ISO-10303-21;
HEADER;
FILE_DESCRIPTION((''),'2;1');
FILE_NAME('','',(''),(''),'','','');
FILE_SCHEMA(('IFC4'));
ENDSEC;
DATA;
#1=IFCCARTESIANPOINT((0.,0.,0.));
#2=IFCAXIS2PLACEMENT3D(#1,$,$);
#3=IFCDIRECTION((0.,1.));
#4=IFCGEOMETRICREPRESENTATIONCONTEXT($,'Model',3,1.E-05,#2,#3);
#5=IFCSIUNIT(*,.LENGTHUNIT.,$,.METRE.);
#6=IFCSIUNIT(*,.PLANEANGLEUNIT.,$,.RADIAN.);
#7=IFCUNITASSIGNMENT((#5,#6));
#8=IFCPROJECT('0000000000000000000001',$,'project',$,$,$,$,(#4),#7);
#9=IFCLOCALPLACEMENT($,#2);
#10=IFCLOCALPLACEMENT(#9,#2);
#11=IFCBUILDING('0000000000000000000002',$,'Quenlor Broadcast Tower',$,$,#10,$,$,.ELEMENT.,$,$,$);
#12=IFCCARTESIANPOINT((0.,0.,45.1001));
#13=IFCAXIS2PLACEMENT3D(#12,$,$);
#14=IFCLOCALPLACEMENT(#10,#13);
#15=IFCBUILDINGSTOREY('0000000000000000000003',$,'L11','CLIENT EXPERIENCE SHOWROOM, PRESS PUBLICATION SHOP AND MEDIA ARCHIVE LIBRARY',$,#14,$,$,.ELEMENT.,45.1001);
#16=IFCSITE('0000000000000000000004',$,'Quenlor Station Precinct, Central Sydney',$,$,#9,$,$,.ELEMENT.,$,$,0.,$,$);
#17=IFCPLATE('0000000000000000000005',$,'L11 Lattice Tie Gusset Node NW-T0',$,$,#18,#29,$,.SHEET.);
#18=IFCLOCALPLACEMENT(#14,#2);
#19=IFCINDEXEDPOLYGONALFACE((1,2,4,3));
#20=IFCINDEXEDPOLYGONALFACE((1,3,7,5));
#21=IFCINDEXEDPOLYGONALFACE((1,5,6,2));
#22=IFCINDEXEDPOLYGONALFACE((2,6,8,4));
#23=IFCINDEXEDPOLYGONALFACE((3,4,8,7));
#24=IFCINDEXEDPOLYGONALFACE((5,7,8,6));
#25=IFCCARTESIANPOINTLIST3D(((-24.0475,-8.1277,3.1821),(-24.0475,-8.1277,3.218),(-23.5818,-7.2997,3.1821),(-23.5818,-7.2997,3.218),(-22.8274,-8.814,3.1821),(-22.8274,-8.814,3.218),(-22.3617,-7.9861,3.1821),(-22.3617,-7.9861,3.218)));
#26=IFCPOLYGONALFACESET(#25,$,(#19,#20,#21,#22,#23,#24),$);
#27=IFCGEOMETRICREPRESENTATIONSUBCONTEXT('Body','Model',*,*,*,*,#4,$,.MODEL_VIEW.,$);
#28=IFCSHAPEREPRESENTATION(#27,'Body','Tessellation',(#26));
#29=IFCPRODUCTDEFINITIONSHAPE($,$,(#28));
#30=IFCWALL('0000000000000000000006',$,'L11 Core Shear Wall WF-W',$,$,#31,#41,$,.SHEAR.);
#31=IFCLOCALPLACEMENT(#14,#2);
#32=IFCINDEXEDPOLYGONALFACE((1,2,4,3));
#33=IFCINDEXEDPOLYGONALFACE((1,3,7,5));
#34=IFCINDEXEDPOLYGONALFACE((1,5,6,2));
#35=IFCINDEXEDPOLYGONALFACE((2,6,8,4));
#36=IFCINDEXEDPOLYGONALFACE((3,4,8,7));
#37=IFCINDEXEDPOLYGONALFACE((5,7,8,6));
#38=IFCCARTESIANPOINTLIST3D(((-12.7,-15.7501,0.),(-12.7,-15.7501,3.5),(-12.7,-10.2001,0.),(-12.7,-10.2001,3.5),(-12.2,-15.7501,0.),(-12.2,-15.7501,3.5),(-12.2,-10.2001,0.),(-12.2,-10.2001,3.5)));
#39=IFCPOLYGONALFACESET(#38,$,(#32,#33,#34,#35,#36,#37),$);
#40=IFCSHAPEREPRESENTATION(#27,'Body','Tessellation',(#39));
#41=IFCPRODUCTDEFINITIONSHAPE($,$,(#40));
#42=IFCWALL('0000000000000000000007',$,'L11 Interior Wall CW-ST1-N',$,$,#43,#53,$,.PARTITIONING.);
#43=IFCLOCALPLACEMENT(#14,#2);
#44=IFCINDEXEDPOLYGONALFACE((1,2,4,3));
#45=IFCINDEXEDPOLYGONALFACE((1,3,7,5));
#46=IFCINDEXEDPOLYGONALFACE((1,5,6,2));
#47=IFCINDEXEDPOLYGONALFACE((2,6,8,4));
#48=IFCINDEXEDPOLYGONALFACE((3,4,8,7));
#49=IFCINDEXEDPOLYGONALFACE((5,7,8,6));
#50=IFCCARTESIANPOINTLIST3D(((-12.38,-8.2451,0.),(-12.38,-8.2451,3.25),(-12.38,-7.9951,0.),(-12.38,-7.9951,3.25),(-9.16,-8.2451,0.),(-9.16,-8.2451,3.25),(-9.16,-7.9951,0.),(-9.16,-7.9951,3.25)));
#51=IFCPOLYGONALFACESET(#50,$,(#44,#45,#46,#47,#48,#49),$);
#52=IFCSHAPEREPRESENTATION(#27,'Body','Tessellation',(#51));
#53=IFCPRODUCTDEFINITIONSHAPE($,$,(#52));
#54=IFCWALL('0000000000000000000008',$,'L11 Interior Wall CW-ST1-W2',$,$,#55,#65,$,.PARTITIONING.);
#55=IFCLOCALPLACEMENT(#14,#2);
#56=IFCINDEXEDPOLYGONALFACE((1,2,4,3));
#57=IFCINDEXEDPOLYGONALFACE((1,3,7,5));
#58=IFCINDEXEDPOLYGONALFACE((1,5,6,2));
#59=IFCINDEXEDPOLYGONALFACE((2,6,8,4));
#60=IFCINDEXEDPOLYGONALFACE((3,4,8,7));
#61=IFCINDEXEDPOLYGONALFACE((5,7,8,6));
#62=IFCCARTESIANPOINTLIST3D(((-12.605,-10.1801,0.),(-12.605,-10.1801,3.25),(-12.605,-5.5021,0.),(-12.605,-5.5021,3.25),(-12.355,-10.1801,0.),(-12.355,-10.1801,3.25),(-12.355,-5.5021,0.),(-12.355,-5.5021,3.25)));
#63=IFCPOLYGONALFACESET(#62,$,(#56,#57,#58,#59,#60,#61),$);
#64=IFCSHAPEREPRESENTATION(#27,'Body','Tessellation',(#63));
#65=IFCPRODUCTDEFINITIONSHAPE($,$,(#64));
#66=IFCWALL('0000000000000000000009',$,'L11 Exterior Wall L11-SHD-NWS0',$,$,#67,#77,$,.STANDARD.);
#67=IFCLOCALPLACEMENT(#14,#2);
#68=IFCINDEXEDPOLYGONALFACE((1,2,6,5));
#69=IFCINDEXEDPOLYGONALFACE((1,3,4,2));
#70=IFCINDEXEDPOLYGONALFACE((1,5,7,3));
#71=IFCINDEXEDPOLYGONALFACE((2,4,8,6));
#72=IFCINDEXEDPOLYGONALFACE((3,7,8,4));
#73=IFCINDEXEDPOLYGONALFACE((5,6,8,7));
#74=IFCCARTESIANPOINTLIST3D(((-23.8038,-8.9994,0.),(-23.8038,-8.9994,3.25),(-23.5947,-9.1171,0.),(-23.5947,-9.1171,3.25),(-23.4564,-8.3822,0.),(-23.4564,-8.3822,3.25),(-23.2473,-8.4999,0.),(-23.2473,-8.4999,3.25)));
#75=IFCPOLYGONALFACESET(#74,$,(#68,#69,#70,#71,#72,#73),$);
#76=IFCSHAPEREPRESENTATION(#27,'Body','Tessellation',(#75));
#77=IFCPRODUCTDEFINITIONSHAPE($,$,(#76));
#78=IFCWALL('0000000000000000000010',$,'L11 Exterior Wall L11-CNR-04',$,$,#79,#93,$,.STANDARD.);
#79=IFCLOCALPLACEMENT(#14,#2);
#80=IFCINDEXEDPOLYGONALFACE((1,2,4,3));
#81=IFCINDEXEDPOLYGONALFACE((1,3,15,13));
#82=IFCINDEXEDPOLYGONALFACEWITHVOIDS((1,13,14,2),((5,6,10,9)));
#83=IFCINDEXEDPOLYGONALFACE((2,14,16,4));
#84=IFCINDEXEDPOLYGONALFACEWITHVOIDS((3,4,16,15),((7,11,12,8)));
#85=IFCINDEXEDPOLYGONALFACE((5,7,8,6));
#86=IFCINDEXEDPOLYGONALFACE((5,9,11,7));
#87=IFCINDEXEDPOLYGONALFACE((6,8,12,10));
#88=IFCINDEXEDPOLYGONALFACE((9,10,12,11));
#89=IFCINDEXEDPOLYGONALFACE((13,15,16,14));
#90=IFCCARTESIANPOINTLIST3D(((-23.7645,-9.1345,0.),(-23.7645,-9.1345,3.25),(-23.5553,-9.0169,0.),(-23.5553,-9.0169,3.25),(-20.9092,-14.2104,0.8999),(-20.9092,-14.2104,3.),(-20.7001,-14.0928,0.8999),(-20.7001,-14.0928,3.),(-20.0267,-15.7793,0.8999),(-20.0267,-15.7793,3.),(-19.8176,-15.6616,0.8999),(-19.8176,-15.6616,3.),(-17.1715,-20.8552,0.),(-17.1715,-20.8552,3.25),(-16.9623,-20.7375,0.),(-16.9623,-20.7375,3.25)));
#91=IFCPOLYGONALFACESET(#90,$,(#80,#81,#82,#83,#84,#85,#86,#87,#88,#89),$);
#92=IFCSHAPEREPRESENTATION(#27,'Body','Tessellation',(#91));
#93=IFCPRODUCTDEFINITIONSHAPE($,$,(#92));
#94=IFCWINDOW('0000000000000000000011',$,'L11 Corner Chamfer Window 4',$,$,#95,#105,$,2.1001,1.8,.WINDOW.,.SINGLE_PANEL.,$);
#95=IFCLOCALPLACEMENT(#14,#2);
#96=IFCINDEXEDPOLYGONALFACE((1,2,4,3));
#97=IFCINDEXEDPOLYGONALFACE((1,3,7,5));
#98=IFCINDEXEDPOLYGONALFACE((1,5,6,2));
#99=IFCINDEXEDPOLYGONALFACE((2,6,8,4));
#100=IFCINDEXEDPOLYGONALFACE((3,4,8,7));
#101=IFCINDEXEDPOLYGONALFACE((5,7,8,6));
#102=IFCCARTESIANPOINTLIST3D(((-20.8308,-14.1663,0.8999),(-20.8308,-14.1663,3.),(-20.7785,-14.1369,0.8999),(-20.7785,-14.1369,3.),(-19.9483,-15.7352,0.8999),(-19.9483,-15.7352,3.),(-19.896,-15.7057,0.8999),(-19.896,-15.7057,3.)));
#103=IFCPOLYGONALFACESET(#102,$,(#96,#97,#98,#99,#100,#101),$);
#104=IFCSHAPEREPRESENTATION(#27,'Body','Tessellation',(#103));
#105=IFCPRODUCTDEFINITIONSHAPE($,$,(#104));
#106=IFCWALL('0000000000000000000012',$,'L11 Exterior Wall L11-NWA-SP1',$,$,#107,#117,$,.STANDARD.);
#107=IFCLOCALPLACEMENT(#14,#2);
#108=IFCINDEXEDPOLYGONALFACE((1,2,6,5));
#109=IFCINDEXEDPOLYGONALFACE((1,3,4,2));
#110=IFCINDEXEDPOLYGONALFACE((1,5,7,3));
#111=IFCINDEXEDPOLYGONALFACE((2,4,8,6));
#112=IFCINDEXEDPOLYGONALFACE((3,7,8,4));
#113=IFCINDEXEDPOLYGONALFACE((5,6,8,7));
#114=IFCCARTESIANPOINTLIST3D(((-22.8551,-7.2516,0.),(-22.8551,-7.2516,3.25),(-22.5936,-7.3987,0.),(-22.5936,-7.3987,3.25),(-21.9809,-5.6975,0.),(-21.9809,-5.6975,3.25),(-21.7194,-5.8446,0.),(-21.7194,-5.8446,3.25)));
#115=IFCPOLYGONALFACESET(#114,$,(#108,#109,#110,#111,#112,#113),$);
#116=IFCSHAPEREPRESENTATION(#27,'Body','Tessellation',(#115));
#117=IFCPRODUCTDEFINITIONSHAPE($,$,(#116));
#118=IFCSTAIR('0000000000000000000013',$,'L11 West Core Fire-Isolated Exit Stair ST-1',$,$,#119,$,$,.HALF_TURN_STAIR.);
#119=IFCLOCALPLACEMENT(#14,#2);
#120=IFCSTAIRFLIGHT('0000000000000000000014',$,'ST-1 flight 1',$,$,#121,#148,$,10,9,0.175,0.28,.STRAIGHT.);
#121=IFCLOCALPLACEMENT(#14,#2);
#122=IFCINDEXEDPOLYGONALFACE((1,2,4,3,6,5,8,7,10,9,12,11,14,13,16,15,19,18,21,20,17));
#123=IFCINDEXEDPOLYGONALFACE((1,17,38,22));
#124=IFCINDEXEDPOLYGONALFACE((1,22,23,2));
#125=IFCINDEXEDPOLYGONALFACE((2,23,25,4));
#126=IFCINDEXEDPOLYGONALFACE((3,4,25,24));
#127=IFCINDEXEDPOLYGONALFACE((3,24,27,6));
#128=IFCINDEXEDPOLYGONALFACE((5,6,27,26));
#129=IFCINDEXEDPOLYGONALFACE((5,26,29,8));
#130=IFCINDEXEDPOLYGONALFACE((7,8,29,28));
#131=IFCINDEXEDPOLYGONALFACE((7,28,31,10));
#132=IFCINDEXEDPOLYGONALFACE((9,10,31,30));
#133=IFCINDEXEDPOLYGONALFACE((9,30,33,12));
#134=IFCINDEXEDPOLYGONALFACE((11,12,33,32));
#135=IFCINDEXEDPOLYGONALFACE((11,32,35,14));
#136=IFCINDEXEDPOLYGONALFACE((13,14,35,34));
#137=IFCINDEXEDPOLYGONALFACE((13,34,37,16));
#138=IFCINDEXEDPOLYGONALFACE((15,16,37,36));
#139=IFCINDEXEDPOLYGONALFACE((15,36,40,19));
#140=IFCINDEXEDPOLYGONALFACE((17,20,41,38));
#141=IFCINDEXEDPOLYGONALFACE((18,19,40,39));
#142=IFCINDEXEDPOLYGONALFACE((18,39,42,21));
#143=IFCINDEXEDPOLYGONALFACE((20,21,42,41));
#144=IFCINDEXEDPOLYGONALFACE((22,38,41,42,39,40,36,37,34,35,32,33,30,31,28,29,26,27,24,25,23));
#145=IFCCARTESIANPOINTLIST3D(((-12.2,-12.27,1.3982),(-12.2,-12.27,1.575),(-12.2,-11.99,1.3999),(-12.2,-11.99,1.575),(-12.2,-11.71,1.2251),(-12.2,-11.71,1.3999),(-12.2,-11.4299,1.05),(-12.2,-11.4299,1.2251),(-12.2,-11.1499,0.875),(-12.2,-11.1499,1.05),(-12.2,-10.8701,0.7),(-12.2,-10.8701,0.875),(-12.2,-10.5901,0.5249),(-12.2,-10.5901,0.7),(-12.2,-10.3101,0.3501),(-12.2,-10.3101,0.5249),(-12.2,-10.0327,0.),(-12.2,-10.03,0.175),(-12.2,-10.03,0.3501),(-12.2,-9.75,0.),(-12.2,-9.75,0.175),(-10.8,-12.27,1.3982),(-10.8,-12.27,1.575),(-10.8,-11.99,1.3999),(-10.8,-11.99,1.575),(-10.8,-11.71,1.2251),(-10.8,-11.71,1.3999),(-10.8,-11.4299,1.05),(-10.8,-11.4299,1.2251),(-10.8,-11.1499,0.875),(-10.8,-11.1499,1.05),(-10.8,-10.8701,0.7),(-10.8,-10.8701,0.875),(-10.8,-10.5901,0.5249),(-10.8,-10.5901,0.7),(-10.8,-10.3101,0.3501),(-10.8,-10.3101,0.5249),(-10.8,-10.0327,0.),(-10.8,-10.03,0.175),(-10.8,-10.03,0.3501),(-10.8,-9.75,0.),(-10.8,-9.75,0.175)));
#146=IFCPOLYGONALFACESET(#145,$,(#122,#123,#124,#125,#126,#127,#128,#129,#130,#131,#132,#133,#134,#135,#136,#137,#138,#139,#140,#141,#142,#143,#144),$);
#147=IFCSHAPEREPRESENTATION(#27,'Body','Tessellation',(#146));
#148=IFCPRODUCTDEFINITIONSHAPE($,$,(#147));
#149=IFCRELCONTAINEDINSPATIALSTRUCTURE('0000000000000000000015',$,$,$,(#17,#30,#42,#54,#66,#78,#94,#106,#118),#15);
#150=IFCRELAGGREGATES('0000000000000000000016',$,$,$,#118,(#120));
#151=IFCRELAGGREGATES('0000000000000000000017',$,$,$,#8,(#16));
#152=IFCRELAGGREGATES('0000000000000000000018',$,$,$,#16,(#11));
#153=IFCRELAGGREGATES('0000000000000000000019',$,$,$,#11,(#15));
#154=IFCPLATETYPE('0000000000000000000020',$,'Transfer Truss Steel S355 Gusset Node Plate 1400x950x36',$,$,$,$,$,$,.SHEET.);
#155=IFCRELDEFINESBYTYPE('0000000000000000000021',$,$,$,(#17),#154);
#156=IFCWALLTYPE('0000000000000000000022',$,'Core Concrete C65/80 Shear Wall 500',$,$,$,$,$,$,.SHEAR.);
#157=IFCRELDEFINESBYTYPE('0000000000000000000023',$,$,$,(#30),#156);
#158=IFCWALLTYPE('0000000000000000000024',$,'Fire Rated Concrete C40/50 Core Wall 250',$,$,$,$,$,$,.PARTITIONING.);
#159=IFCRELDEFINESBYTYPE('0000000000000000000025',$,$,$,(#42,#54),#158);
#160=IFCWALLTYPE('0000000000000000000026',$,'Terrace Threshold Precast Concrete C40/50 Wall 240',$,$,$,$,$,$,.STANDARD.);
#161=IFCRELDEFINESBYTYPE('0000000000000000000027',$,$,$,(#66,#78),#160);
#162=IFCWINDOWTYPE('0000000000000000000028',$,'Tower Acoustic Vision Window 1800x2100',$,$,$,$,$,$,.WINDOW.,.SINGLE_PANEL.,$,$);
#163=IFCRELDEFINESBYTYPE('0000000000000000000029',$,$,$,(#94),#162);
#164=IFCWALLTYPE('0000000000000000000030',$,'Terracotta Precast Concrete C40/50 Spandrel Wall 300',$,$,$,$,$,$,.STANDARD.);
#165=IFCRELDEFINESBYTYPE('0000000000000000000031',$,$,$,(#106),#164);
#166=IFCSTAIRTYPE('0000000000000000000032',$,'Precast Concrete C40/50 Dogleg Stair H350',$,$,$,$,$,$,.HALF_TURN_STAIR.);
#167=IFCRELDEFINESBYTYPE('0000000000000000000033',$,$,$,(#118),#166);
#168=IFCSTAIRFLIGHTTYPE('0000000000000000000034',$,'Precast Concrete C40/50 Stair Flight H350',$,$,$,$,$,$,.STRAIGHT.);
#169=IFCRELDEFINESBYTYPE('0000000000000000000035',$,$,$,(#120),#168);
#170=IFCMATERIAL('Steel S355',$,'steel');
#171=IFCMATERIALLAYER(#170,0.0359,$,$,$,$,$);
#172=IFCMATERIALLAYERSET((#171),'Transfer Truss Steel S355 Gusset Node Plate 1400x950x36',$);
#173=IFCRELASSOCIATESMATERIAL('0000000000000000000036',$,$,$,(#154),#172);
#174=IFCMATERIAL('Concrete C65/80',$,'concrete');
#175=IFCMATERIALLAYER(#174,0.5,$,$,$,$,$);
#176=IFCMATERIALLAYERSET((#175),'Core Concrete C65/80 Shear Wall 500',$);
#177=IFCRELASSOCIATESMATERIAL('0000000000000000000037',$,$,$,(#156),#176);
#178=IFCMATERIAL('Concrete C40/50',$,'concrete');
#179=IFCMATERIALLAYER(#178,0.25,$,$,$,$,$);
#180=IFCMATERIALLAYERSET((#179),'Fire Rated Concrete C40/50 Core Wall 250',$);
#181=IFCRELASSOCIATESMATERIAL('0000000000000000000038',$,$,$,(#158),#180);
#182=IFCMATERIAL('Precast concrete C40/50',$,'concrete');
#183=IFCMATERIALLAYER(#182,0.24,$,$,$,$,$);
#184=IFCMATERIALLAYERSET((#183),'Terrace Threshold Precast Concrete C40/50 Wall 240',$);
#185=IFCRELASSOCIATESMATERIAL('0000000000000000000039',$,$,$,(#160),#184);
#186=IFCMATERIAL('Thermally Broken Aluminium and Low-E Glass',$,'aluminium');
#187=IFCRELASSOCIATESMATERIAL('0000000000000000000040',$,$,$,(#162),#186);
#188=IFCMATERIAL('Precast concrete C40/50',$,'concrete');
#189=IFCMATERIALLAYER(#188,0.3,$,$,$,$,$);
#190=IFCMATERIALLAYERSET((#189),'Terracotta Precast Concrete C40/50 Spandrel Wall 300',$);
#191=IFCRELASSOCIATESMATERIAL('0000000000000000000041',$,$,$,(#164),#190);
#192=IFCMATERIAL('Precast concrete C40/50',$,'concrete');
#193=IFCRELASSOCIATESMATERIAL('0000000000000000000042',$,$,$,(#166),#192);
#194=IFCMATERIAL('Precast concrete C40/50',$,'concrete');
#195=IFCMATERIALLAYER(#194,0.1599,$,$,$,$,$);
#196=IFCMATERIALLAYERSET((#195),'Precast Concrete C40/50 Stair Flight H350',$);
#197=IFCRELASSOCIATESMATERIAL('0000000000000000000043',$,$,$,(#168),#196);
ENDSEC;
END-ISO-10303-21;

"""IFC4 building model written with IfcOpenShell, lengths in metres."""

from ifc_helpers import new_model, si_unit, direction, frame, frame_2d, origin, origin_2d, place, context, subcontext, project, spatial, polyline, rectangle, outline, extrude, material, layer, layer_set, type_object, element, fill, aggregate, save


model = new_model("IFC4")

# Units and contexts
model_context = context("Model", 3, precision=1e-05, world=origin(), true_north=direction((0.0, 1.0)))
body_context = subcontext(model_context, "Body", "Model", "MODEL_VIEW")
ifc_project = project(units=[si_unit("LENGTHUNIT", "METRE"), si_unit("PLANEANGLEUNIT", "RADIAN")], contexts=[model_context])

# Site, building, storey
site_placement = place(None, origin())
site = spatial("IfcSite", under=ifc_project, at=site_placement, Name="Quenlor Station Precinct, Central Sydney", CompositionType="ELEMENT", RefElevation=0.0)
building_placement = place(site_placement, origin())
building = spatial("IfcBuilding", under=site, at=building_placement, Name="Quenlor Broadcast Tower", CompositionType="ELEMENT")
storey_placement = place(building_placement, frame((0.0, 0.0, 45.1001)))
storey = spatial("IfcBuildingStorey", under=building, at=storey_placement, Name="L11", Description="CLIENT EXPERIENCE SHOWROOM, PRESS PUBLICATION SHOP AND MEDIA ARCHIVE LIBRARY", CompositionType="ELEMENT", Elevation=45.1001)

# Plate
ifc_material_1 = material(Name="Steel S355", Category="steel")
ifc_layer_1 = layer(ifc_material_1, 0.0359)
ifc_layer_set_1 = layer_set([ifc_layer_1], Name="Transfer Truss Steel S355 Gusset Node Plate 1400x950x36")
plate_type_1 = type_object("IfcPlateType", Name="Transfer Truss Steel S355 Gusset Node Plate 1400x950x36", PredefinedType="SHEET", material=ifc_layer_set_1)
for number, where, z_axis, x_axis, name in (
    (1, (-23.2046, -8.0569, 3.1821), (0.0, 0.0, 1.0), (-0.871556, 0.490295, 0.0), "L11 Lattice Tie Gusset Node NW-T0"),
):
    element("IfcPlate", number, at=place(storey_placement, frame(where, z_axis=z_axis, x_axis=x_axis)), inside=storey, type_object=plate_type_1, Name=name, PredefinedType="SHEET", context=body_context, shape_type="SweptSolid", body=[
        extrude(rectangle(XDim=1.3999, YDim=0.95, at=origin_2d()), origin(), (0.0, 0.0, 1.0), 0.0359),
    ])

# Walls
ifc_material_2 = material(Name="Concrete C65/80", Category="concrete")
ifc_layer_2 = layer(ifc_material_2, 0.5)
ifc_layer_set_2 = layer_set([ifc_layer_2], Name="Core Concrete C65/80 Shear Wall 500")
wall_type_1 = type_object("IfcWallType", Name="Core Concrete C65/80 Shear Wall 500", PredefinedType="SHEAR", material=ifc_layer_set_2)
wall_1_placement = place(storey_placement, frame((-12.45, -15.75, 0.0), z_axis=(0.0, 0.0, 1.0), x_axis=(0.0, 1.0, 0.0)))
element("IfcWall", 2, at=wall_1_placement, inside=storey, type_object=wall_type_1, Name="L11 Core Shear Wall WF-W", PredefinedType="SHEAR", context=body_context, shape_type="SweptSolid", body=[
    extrude(rectangle(XDim=5.55, YDim=0.5, at=frame_2d((2.7749, 0.0))), origin(), (0.0, 0.0, 1.0), 3.5),
])
ifc_material_3 = material(Name="Concrete C40/50", Category="concrete")
ifc_layer_3 = layer(ifc_material_3, 0.25)
ifc_layer_set_3 = layer_set([ifc_layer_3], Name="Fire Rated Concrete C40/50 Core Wall 250")
wall_type_2 = type_object("IfcWallType", Name="Fire Rated Concrete C40/50 Core Wall 250", PredefinedType="PARTITIONING", material=ifc_layer_set_3)
wall_2_placement = place(storey_placement, frame((-12.3799, -8.1201, 0.0), z_axis=(0.0, 0.0, 1.0), x_axis=(1.0, 0.0, 0.0)))
element("IfcWall", 3, at=wall_2_placement, inside=storey, type_object=wall_type_2, Name="L11 Interior Wall CW-ST1-N", PredefinedType="PARTITIONING", context=body_context, shape_type="SweptSolid", body=[
    extrude(rectangle(XDim=3.22, YDim=0.25, at=frame_2d((1.6099, 0.0))), origin(), (0.0, 0.0, 1.0), 3.25),
])
wall_3_placement = place(storey_placement, frame((-12.48, -10.1799, 0.0), z_axis=(0.0, 0.0, 1.0), x_axis=(0.0, 1.0, 0.0)))
element("IfcWall", 4, at=wall_3_placement, inside=storey, type_object=wall_type_2, Name="L11 Interior Wall CW-ST1-W2", PredefinedType="PARTITIONING", context=body_context, shape_type="SweptSolid", body=[
    extrude(rectangle(XDim=4.678, YDim=0.25, at=frame_2d((2.3389, 0.0))), origin(), (0.0, 0.0, 1.0), 3.25),
])

# Wall
ifc_material_4 = material(Name="Precast concrete C40/50", Category="concrete")
ifc_layer_4 = layer(ifc_material_4, 0.24)
ifc_layer_set_4 = layer_set([ifc_layer_4], Name="Terrace Threshold Precast Concrete C40/50 Wall 240")
wall_type_3 = type_object("IfcWallType", Name="Terrace Threshold Precast Concrete C40/50 Wall 240", PredefinedType="STANDARD", material=ifc_layer_set_4)
wall_4_placement = place(storey_placement, frame((-23.6992, -9.0581, 0.0), z_axis=(0.0, 0.0, 1.0), x_axis=(0.490523, 0.871428, 0.0)))
element("IfcWall", 5, at=wall_4_placement, inside=storey, type_object=wall_type_3, Name="L11 Exterior Wall L11-SHD-NWS0", PredefinedType="STANDARD", context=body_context, shape_type="SweptSolid", body=[
    extrude(rectangle(XDim=0.7083, YDim=0.24, at=frame_2d((0.354, 0.0))), origin(), (0.0, 0.0, 1.0), 3.25),
])

# Wall, opening, window
wall_5_placement = place(storey_placement, frame((-23.6599, -9.0757, 0.0), z_axis=(0.0, 0.0, 1.0), x_axis=(0.490268, -0.871572, 0.0)))
wall_5 = element("IfcWall", 6, at=wall_5_placement, inside=storey, type_object=wall_type_3, Name="L11 Exterior Wall L11-CNR-04", PredefinedType="STANDARD", context=body_context, shape_type="SweptSolid", body=[
    extrude(rectangle(XDim=13.4478, YDim=0.24, at=frame_2d((6.7239, 0.0))), origin(), (0.0, 0.0, 1.0), 3.25),
])
opening_1_placement = place(wall_5_placement, frame((5.824, 0.0, 0.8999)))
opening_1 = element("IfcOpeningElement", 7, at=opening_1_placement, cuts=wall_5, PredefinedType="OPENING", context=body_context, shape_type="SweptSolid", body=[
    extrude(rectangle(XDim=1.8, YDim=2.1001, at=frame_2d((0.8999, 1.05))), frame((0.0, 0.1299, 0.0), z_axis=(0.0, -1.0, 0.0), x_axis=(1.0, 0.0, 0.0)), (0.0, 0.0, 1.0), 0.26),
])
ifc_material_5 = material(Name="Thermally Broken Aluminium and Low-E Glass", Category="aluminium")
window_type = type_object("IfcWindowType", Name="Tower Acoustic Vision Window 1800x2100", PartitioningType="SINGLE_PANEL", PredefinedType="WINDOW", material=ifc_material_5)
window_placement = place(opening_1_placement, origin())
window = element("IfcWindow", 8, at=window_placement, inside=storey, type_object=window_type, Name="L11 Corner Chamfer Window 4", OverallHeight=2.1001, OverallWidth=1.8, PartitioningType="SINGLE_PANEL", PredefinedType="WINDOW", context=body_context, shape_type="SweptSolid", body=[
    extrude(rectangle(XDim=1.8, YDim=2.1001, at=frame_2d((0.8999, 1.05))), frame((0.0, 0.03, 0.0), z_axis=(0.0, -1.0, 0.0), x_axis=(1.0, 0.0, 0.0)), (0.0, 0.0, 1.0), 0.0601),
])
fill(opening_1, window)

# Wall
ifc_material_6 = material(Name="Precast concrete C40/50", Category="concrete")
ifc_layer_5 = layer(ifc_material_6, 0.3)
ifc_layer_set_5 = layer_set([ifc_layer_5], Name="Terracotta Precast Concrete C40/50 Spandrel Wall 300")
wall_type_4 = type_object("IfcWallType", Name="Terracotta Precast Concrete C40/50 Spandrel Wall 300", PredefinedType="STANDARD", material=ifc_layer_set_5)
wall_6_placement = place(storey_placement, frame((-22.7244, -7.3252, 0.0), z_axis=(0.0, 0.0, 1.0), x_axis=(0.490274, 0.871568, 0.0)))
element("IfcWall", 9, at=wall_6_placement, inside=storey, type_object=wall_type_4, Name="L11 Exterior Wall L11-NWA-SP1", PredefinedType="STANDARD", context=body_context, shape_type="SweptSolid", body=[
    extrude(rectangle(XDim=1.7832, YDim=0.3, at=frame_2d((0.8916, 0.0))), origin(), (0.0, 0.0, 1.0), 3.25),
])

# Stair, stair flight
ifc_material_7 = material(Name="Precast concrete C40/50", Category="concrete")
stair_type = type_object("IfcStairType", Name="Precast Concrete C40/50 Dogleg Stair H350", PredefinedType="HALF_TURN_STAIR", material=ifc_material_7)
stair_placement = place(storey_placement, origin())
stair = element("IfcStair", 10, at=stair_placement, inside=storey, type_object=stair_type, Name="L11 West Core Fire-Isolated Exit Stair ST-1", PredefinedType="HALF_TURN_STAIR")
ifc_material_8 = material(Name="Precast concrete C40/50", Category="concrete")
ifc_layer_6 = layer(ifc_material_8, 0.1599)
ifc_layer_set_6 = layer_set([ifc_layer_6], Name="Precast Concrete C40/50 Stair Flight H350")
stair_flight_type = type_object("IfcStairFlightType", Name="Precast Concrete C40/50 Stair Flight H350", PredefinedType="STRAIGHT", material=ifc_layer_set_6)
stair_flight_placement = place(storey_placement, frame((-11.5, -9.75, 0.0), z_axis=(0.0, 0.0, 1.0), x_axis=(0.0, -1.0, 0.0)))
stair_flight = element("IfcStairFlight", 11, at=stair_flight_placement, type_object=stair_flight_type, Name="ST-1 flight 1", NumberOfRisers=10, NumberOfTreads=9, PredefinedType="STRAIGHT", RiserHeight=0.175, TreadLength=0.28, context=body_context, shape_type="SweptSolid", body=[
    extrude(outline(polyline([(0.0, 0.0), (0.0, 0.175), (0.28, 0.175), (0.28, 0.3501), (0.5601, 0.3501), (0.5601, 0.5249), (0.8401, 0.5249), (0.8401, 0.7), (1.1201, 0.7), (1.1201, 0.875), (1.3999, 0.875), (1.3999, 1.05), (1.6799, 1.05), (1.6799, 1.2251), (1.96, 1.2251), (1.96, 1.3999), (2.24, 1.3999), (2.24, 1.575), (2.52, 1.575), (2.52, 1.75), (2.52, 1.3982), (0.2827, 0.0), (0.0, 0.0)])), frame((0.0, 0.7, 0.0), z_axis=(0.0, -1.0, 0.0), x_axis=(1.0, 0.0, 0.0)), (0.0, 0.0, 1.0), 1.3999),
])
aggregate(stair, [stair_flight])

save(model, "model.ifc")
